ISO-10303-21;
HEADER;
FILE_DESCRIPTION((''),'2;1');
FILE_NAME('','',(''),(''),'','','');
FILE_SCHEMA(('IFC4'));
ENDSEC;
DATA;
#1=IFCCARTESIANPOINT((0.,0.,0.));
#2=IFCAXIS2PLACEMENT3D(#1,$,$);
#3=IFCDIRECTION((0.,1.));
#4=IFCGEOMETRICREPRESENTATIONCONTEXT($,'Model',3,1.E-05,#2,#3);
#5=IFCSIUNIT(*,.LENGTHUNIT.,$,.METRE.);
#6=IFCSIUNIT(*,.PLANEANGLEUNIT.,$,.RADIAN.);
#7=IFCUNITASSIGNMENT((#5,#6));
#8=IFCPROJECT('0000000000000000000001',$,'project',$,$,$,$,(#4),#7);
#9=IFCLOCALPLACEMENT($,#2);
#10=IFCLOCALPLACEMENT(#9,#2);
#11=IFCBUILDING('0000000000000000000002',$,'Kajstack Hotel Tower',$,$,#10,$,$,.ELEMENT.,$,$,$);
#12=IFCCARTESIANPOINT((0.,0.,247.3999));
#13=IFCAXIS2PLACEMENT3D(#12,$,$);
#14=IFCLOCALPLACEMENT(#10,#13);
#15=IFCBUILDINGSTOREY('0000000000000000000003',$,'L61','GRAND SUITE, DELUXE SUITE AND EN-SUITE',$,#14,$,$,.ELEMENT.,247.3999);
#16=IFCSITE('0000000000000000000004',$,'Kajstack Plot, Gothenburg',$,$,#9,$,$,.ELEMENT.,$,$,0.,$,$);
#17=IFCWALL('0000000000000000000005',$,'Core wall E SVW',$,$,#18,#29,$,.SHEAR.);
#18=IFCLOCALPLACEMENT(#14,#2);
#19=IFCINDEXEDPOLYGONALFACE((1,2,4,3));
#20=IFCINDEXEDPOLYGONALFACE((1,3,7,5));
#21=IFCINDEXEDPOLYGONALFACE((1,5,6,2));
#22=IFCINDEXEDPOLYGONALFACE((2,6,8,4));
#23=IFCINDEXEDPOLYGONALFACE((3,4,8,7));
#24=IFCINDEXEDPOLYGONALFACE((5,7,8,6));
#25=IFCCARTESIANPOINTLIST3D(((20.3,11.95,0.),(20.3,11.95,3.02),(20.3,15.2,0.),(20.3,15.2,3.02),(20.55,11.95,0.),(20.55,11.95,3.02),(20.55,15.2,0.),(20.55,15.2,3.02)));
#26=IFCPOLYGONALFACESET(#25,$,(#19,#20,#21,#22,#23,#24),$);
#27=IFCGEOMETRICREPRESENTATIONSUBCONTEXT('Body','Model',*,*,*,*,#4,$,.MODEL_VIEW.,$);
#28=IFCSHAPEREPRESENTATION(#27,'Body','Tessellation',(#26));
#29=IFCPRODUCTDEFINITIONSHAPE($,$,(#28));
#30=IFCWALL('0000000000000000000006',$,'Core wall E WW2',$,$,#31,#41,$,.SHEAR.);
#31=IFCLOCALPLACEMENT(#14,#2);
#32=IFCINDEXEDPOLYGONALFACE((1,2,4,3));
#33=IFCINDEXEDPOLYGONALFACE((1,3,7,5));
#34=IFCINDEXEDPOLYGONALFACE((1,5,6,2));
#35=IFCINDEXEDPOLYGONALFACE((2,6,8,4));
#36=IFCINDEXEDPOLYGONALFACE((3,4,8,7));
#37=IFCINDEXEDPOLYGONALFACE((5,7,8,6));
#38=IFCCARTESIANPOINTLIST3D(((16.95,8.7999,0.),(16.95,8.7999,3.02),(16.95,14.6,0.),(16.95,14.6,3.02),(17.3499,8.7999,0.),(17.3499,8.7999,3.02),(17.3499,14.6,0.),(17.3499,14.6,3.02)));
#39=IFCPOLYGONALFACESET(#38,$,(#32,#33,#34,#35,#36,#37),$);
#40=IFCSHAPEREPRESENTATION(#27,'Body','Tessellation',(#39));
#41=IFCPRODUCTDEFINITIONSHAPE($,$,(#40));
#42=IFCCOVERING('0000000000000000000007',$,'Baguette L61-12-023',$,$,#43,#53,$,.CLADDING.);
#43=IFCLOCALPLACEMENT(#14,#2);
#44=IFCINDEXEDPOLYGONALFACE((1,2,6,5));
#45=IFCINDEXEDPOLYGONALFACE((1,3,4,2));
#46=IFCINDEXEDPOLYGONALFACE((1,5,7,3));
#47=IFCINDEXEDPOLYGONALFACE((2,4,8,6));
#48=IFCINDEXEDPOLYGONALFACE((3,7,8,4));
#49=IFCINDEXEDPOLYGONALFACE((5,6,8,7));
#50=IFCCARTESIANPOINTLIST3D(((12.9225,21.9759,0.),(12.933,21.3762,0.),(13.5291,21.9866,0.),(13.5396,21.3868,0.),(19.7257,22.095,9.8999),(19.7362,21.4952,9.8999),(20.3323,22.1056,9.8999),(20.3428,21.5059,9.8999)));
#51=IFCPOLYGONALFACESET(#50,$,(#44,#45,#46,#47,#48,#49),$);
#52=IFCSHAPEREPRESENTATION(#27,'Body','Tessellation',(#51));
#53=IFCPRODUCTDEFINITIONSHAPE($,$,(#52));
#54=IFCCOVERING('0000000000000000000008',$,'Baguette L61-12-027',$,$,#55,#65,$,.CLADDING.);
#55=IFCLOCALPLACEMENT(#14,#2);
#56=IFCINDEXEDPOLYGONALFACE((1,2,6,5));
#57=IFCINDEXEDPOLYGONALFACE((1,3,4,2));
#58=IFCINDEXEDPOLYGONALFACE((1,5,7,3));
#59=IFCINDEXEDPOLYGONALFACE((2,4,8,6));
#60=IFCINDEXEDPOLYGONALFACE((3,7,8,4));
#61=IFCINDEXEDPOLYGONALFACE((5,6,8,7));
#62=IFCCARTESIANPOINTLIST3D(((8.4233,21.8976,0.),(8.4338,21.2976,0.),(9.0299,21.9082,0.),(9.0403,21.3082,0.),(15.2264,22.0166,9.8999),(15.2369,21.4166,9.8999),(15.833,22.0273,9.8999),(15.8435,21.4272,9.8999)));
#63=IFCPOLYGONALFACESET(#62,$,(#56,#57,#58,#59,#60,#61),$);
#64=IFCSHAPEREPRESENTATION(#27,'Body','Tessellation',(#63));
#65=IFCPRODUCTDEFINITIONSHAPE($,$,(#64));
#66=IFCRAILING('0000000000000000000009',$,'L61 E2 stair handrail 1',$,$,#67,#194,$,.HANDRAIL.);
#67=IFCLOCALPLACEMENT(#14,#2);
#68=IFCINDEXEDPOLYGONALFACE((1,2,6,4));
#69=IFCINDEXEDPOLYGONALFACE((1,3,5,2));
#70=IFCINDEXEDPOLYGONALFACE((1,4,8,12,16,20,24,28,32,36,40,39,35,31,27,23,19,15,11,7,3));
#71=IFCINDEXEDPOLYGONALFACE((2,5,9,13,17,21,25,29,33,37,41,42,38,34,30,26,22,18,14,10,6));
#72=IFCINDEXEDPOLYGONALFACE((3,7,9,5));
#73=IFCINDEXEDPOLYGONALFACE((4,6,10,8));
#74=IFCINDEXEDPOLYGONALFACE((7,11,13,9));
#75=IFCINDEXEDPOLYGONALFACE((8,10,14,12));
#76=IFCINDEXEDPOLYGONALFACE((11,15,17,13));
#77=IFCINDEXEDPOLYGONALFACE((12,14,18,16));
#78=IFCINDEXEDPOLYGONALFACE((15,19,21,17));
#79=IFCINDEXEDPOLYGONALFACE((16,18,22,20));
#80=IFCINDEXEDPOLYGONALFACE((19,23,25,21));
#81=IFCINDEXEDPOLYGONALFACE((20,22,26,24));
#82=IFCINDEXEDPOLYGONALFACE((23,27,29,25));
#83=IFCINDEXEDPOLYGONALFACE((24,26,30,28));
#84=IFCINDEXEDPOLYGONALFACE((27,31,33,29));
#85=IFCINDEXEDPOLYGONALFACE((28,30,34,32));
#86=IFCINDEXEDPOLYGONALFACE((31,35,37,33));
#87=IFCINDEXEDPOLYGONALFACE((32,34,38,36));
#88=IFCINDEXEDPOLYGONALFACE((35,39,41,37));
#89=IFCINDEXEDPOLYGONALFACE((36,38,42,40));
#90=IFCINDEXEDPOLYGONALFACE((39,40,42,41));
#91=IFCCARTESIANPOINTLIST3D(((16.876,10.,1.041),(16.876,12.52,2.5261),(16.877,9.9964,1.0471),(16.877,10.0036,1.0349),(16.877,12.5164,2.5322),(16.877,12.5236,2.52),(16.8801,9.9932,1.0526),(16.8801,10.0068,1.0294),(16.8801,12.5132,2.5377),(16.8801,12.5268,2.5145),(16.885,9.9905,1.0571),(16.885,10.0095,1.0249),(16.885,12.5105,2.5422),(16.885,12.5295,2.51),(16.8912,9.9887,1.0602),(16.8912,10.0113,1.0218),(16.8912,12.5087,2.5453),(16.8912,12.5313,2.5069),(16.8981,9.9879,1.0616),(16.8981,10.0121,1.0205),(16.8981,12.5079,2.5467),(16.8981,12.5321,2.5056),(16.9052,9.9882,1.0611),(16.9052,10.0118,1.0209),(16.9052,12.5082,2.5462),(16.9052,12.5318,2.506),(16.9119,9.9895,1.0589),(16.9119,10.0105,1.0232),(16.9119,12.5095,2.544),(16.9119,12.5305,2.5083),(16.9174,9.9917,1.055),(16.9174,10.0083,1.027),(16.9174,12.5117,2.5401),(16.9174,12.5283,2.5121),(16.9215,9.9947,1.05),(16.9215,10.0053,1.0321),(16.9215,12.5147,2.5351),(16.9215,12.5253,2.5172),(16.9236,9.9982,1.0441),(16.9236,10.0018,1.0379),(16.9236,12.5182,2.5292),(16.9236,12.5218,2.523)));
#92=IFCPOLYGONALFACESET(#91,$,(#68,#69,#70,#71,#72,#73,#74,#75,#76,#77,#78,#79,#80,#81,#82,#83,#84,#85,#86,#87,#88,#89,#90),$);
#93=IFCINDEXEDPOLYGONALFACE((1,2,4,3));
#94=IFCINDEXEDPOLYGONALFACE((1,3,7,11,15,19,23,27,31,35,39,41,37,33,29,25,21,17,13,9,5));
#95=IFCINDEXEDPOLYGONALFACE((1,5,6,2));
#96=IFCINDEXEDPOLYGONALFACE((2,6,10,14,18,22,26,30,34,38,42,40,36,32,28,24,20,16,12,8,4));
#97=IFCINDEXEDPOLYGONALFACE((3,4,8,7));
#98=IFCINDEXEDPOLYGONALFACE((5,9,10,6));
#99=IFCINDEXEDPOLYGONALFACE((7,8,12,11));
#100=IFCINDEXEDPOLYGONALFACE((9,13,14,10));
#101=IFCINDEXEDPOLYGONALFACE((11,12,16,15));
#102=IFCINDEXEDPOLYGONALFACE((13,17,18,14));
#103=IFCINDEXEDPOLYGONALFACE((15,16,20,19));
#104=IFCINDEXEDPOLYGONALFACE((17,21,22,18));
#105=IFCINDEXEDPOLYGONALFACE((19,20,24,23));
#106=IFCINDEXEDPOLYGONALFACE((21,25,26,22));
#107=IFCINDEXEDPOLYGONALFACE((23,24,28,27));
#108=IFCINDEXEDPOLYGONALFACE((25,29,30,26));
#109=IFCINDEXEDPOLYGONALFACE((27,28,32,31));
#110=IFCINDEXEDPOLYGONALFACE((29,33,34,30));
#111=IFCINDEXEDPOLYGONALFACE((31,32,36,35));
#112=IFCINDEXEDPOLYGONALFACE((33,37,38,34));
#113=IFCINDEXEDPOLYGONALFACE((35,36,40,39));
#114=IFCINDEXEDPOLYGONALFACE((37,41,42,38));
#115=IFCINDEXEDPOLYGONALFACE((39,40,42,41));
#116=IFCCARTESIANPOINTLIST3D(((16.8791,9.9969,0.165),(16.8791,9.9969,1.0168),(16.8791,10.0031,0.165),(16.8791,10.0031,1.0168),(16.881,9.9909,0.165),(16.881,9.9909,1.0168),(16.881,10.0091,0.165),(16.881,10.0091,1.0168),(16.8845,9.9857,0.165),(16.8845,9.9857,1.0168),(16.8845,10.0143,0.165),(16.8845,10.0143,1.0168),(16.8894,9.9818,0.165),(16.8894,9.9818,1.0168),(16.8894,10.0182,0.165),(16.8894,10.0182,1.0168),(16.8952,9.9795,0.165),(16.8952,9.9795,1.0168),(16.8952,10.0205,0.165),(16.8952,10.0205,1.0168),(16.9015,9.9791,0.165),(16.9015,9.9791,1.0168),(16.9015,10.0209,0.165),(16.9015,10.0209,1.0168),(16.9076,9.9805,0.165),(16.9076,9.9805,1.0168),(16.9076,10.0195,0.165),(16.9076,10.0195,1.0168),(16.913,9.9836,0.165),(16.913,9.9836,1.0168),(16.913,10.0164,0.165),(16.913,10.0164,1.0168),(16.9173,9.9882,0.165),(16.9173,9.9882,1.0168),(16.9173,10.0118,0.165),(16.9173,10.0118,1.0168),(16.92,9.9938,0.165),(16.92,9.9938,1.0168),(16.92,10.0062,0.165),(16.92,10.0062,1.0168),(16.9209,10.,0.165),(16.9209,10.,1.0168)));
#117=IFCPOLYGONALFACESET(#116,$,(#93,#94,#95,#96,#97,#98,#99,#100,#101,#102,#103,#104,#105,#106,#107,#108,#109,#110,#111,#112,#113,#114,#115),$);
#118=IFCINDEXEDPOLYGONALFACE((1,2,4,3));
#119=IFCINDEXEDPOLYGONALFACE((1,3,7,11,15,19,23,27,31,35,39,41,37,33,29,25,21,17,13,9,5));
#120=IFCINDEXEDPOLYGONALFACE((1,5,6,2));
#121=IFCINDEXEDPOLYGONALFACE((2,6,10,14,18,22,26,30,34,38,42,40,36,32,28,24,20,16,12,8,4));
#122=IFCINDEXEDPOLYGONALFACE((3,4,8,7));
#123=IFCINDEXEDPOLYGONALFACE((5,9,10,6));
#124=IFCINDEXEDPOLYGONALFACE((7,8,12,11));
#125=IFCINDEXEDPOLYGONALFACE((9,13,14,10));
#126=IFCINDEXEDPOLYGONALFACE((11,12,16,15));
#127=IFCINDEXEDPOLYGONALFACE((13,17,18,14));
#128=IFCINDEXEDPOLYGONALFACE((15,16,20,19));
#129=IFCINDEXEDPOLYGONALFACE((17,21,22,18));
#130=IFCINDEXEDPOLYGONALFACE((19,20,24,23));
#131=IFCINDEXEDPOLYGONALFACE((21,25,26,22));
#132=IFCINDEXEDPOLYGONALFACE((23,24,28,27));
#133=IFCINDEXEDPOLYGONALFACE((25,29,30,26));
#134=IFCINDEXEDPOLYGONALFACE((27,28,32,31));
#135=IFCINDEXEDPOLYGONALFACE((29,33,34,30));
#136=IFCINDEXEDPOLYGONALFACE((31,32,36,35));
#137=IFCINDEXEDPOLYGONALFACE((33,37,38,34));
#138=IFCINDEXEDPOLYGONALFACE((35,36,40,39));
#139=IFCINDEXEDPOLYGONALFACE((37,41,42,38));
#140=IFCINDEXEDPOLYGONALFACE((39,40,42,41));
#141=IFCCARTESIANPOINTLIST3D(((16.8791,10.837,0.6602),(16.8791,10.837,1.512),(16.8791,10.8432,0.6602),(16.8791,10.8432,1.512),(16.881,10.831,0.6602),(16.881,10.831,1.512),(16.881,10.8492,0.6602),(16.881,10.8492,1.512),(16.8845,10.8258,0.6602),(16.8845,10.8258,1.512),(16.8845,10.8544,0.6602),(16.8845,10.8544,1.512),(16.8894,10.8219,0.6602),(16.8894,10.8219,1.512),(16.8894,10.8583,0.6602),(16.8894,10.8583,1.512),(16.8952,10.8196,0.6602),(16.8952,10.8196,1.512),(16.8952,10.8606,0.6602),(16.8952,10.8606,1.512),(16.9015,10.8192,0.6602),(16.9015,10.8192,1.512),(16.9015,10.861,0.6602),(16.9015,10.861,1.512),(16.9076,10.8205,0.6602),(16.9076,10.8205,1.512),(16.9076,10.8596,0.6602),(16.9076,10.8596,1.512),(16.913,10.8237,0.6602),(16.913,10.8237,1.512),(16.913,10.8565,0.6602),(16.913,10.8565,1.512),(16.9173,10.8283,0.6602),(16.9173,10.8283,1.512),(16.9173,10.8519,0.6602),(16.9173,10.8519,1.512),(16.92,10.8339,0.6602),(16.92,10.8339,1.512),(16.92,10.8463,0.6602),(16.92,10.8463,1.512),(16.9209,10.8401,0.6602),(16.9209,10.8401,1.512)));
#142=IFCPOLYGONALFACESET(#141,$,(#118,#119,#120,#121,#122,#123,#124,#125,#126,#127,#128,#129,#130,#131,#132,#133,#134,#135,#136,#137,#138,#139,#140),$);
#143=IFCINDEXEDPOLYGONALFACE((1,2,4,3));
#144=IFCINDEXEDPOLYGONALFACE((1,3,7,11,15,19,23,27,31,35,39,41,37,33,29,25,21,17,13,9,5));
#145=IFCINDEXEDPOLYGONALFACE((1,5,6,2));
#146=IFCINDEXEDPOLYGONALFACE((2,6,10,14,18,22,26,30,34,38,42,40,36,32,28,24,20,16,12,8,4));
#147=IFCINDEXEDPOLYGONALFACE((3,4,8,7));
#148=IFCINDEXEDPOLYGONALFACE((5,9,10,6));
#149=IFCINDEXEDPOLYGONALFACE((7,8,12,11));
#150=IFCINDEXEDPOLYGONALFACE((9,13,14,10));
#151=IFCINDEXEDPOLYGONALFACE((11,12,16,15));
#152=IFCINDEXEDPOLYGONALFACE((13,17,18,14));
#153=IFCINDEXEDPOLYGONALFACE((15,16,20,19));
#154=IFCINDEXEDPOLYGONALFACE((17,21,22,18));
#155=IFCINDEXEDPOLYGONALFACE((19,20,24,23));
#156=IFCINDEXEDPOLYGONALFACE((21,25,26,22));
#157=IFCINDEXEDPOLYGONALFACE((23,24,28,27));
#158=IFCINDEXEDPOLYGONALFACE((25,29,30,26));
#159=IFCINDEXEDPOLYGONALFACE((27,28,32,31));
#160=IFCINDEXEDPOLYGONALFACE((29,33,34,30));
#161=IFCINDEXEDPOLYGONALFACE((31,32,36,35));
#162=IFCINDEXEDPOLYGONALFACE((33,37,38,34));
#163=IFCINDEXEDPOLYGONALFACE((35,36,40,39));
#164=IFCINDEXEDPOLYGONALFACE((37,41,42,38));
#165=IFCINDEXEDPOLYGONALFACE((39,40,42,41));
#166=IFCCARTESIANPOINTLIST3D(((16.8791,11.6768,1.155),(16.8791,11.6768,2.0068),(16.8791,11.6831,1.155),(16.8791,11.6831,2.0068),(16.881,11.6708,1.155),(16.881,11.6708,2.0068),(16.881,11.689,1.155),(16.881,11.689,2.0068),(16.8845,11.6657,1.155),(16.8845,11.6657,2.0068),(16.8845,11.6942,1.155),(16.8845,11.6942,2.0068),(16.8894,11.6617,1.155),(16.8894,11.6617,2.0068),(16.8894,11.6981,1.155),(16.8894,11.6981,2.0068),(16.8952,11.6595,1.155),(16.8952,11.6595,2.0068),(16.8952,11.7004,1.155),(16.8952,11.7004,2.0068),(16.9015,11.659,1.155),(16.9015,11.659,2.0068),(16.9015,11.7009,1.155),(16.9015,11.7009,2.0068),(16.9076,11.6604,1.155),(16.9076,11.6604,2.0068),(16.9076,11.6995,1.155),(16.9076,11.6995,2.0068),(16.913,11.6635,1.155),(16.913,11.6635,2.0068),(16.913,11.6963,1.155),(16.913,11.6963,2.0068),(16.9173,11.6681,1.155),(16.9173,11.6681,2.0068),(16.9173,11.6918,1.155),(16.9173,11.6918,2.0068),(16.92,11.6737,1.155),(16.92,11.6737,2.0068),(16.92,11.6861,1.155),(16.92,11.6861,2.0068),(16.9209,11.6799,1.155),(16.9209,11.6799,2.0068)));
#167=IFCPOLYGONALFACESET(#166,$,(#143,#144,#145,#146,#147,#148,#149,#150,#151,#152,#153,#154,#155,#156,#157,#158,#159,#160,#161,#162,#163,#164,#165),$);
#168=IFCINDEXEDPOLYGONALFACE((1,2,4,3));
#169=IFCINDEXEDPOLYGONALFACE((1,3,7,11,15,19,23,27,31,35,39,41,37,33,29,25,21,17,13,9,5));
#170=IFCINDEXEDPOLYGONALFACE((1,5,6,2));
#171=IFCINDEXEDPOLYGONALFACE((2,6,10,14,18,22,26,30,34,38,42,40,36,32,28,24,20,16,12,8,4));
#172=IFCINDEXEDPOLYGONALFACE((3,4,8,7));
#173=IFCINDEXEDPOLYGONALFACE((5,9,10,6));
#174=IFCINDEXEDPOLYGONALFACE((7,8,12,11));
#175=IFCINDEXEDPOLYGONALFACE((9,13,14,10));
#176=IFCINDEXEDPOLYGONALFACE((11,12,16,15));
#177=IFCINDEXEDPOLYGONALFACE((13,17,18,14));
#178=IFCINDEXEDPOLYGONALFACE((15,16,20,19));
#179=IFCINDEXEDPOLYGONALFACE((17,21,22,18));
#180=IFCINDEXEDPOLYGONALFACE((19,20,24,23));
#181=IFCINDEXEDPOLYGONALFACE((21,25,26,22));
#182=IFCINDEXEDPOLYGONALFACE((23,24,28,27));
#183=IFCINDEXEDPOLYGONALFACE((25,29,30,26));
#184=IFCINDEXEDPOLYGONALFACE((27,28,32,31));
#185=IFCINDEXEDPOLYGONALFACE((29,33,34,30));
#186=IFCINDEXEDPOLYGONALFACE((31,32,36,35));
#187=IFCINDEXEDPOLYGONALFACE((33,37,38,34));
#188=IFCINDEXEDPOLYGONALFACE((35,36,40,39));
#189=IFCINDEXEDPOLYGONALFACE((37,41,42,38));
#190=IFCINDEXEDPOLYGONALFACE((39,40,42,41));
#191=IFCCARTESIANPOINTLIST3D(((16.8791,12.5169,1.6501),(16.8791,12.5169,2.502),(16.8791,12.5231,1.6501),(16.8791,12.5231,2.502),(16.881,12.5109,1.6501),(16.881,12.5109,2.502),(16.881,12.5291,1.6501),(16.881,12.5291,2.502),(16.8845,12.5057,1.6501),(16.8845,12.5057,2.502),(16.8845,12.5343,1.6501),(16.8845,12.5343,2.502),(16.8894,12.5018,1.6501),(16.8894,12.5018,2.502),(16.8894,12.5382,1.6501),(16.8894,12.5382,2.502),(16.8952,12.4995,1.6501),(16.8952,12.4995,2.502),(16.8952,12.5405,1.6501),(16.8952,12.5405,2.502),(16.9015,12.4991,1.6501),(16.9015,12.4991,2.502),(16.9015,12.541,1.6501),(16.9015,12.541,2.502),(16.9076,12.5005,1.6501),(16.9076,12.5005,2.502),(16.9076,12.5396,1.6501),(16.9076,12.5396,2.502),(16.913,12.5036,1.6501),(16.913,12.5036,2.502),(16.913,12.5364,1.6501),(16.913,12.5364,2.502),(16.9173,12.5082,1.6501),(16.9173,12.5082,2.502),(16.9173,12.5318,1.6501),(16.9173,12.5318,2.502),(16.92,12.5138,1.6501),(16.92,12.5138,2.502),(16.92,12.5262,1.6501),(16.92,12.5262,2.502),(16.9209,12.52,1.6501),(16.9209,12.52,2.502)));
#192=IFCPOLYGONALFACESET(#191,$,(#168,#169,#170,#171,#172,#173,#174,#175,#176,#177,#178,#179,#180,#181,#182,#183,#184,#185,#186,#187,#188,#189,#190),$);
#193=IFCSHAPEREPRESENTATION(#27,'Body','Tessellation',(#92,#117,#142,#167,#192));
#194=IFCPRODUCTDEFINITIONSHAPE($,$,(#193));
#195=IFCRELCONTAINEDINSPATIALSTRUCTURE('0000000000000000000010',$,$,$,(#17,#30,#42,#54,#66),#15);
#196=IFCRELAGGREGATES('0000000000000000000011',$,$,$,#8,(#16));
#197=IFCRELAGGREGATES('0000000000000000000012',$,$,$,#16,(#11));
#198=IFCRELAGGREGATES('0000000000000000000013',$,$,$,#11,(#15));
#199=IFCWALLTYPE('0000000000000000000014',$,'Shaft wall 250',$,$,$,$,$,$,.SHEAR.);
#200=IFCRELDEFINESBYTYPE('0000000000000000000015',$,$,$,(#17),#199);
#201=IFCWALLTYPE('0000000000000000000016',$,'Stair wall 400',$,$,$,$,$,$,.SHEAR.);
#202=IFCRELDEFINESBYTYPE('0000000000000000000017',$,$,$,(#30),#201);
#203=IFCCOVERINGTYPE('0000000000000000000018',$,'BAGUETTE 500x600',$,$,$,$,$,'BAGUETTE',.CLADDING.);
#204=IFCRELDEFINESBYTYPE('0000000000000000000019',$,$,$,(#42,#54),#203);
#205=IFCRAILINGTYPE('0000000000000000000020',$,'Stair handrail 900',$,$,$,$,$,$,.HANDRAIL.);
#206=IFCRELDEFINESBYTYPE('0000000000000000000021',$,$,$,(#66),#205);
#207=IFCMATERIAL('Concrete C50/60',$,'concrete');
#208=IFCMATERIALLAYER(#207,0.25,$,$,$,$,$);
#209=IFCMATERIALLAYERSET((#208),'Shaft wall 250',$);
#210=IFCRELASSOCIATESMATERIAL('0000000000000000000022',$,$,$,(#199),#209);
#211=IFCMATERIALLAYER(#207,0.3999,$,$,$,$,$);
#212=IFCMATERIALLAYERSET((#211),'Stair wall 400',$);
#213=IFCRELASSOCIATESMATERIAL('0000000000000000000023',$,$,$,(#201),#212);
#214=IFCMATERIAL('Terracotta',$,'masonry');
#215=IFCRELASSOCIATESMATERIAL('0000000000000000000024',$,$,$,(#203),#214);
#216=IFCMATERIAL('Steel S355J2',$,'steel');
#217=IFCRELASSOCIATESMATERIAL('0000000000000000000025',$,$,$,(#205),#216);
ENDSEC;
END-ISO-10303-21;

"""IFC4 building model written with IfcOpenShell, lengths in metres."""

from ifc_helpers import new_model, si_unit, direction, frame, frame_2d, origin, origin_2d, place, context, subcontext, project, spatial, polyline, rectangle, circle, outline, extrude, material, layer, layer_set, material_profile, profile_set, type_object, element, save


model = new_model("IFC4")

# Units and contexts
model_context = context("Model", 3, precision=1e-05, world=origin(), true_north=direction((0.0, 1.0)))
body_context = subcontext(model_context, "Body", "Model", "MODEL_VIEW")
ifc_project = project(units=[si_unit("LENGTHUNIT", "METRE"), si_unit("PLANEANGLEUNIT", "RADIAN")], contexts=[model_context])

# Site, building, storey
site_placement = place(None, origin())
site = spatial("IfcSite", under=ifc_project, at=site_placement, Name="Kajstack Plot, Gothenburg", CompositionType="ELEMENT", RefElevation=0.0)
building_placement = place(site_placement, origin())
building = spatial("IfcBuilding", under=site, at=building_placement, Name="Kajstack Hotel Tower", CompositionType="ELEMENT")
storey_placement = place(building_placement, frame((0.0, 0.0, 247.3999)))
storey = spatial("IfcBuildingStorey", under=building, at=storey_placement, Name="L61", Description="GRAND SUITE, DELUXE SUITE AND EN-SUITE", CompositionType="ELEMENT", Elevation=247.3999)

# Shared definitions
ifc_material_1 = material(Name="Concrete C50/60", Category="concrete")

# Shared definitions
ifc_layer_1 = layer(ifc_material_1, 0.25)
ifc_layer_set_1 = layer_set([ifc_layer_1], Name="Shaft wall 250")
wall_type_1 = type_object("IfcWallType", Name="Shaft wall 250", PredefinedType="SHEAR", material=ifc_layer_set_1)

# Walls
wall_1_placement = place(storey_placement, frame((20.425, 11.95, 0.0), z_axis=(0.0, 0.0, 1.0), x_axis=(0.0, 1.0, 0.0)))
element("IfcWall", 1, at=wall_1_placement, inside=storey, type_object=wall_type_1, Name="Core wall E SVW", PredefinedType="SHEAR", context=body_context, shape_type="SweptSolid", body=[
    extrude(rectangle(XDim=3.25, YDim=0.25, at=frame_2d((1.625, 0.0))), origin(), (0.0, 0.0, 1.0), 3.02),
])
ifc_layer_2 = layer(ifc_material_1, 0.3999)
ifc_layer_set_2 = layer_set([ifc_layer_2], Name="Stair wall 400")
wall_type_2 = type_object("IfcWallType", Name="Stair wall 400", PredefinedType="SHEAR", material=ifc_layer_set_2)
wall_2_placement = place(storey_placement, frame((17.1499, 8.8, 0.0), z_axis=(0.0, 0.0, 1.0), x_axis=(0.0, 1.0, 0.0)))
element("IfcWall", 2, at=wall_2_placement, inside=storey, type_object=wall_type_2, Name="Core wall E WW2", PredefinedType="SHEAR", context=body_context, shape_type="SweptSolid", body=[
    extrude(rectangle(XDim=5.8, YDim=0.3999, at=frame_2d((2.8999, 0.0))), origin(), (0.0, 0.0, 1.0), 3.02),
])

# Coverings
ifc_material_2 = material(Name="Terracotta", Category="masonry")
ifc_material_profile = material_profile(ifc_material_2, rectangle(XDim=0.6001, YDim=0.5, at=origin_2d()), Name="Terracotta-clad concrete baguette 500 x 600")
ifc_profile_set = profile_set([ifc_material_profile], Name="Terracotta")
covering_type = type_object("IfcCoveringType", Name="BAGUETTE 500x600", ElementType="BAGUETTE", PredefinedType="CLADDING", material=ifc_profile_set)
covering_1_placement = place(storey_placement, frame((20.3428, 21.5059, 0.0), z_axis=(-0.017498, 0.999847, 0.0), x_axis=(-0.999847, -0.017498, 0.0)))
element("IfcCovering", 3, at=covering_1_placement, inside=storey, type_object=covering_type, Name="Baguette L61-12-023", PredefinedType="CLADDING", context=body_context, shape_type="SweptSolid", body=[
    extrude(outline(polyline([(0.0, 9.8999), (6.8042, 0.0), (7.4109, 0.0), (0.6067, 9.8999), (0.0, 9.8999)])), origin(), (0.0, 0.0, 1.0), 0.5999),
])
covering_2_placement = place(storey_placement, frame((15.8435, 21.4272, 0.0), z_axis=(-0.017491, 0.999847, 0.0), x_axis=(-0.999847, -0.017491, 0.0)))
element("IfcCovering", 4, at=covering_2_placement, inside=storey, type_object=covering_type, Name="Baguette L61-12-027", PredefinedType="CLADDING", context=body_context, shape_type="SweptSolid", body=[
    extrude(outline(polyline([(0.0, 9.8999), (6.8042, 0.0), (7.4109, 0.0), (0.6067, 9.8999), (0.0, 9.8999)])), origin(), (0.0, 0.0, 1.0), 0.6001),
])

# Railing
ifc_material_3 = material(Name="Steel S355J2", Category="steel")
railing_type_1 = type_object("IfcRailingType", Name="Stair handrail 900", PredefinedType="HANDRAIL", material=ifc_material_3)
railing_1_placement = place(storey_placement, frame((16.8999, 10.0, 0.165)))
element("IfcRailing", 5, at=railing_1_placement, inside=storey, type_object=railing_type_1, Name="L61 E2 stair handrail 1", PredefinedType="HANDRAIL", context=body_context, shape_type="SweptSolid", body=[
    extrude(circle(Radius=0.0239, at=origin_2d()), frame((0.0, 0.0, 0.876), z_axis=(0.0, 0.861524, 0.507717), x_axis=(-1.0, 0.0, 0.0)), (0.0, 0.0, 1.0), 2.925),
    extrude(circle(Radius=0.021, at=origin_2d()), origin(), (0.0, 0.0, 1.0), 0.8518),
    extrude(circle(Radius=0.021, at=origin_2d()), frame((0.0, 0.8401, 0.4951)), (0.0, 0.0, 1.0), 0.8518),
    extrude(circle(Radius=0.021, at=origin_2d()), frame((0.0, 1.6799, 0.99)), (0.0, 0.0, 1.0), 0.8518),
    extrude(circle(Radius=0.021, at=origin_2d()), frame((0.0, 2.52, 1.4851)), (0.0, 0.0, 1.0), 0.8518),
])

save(model, "model.ifc")
